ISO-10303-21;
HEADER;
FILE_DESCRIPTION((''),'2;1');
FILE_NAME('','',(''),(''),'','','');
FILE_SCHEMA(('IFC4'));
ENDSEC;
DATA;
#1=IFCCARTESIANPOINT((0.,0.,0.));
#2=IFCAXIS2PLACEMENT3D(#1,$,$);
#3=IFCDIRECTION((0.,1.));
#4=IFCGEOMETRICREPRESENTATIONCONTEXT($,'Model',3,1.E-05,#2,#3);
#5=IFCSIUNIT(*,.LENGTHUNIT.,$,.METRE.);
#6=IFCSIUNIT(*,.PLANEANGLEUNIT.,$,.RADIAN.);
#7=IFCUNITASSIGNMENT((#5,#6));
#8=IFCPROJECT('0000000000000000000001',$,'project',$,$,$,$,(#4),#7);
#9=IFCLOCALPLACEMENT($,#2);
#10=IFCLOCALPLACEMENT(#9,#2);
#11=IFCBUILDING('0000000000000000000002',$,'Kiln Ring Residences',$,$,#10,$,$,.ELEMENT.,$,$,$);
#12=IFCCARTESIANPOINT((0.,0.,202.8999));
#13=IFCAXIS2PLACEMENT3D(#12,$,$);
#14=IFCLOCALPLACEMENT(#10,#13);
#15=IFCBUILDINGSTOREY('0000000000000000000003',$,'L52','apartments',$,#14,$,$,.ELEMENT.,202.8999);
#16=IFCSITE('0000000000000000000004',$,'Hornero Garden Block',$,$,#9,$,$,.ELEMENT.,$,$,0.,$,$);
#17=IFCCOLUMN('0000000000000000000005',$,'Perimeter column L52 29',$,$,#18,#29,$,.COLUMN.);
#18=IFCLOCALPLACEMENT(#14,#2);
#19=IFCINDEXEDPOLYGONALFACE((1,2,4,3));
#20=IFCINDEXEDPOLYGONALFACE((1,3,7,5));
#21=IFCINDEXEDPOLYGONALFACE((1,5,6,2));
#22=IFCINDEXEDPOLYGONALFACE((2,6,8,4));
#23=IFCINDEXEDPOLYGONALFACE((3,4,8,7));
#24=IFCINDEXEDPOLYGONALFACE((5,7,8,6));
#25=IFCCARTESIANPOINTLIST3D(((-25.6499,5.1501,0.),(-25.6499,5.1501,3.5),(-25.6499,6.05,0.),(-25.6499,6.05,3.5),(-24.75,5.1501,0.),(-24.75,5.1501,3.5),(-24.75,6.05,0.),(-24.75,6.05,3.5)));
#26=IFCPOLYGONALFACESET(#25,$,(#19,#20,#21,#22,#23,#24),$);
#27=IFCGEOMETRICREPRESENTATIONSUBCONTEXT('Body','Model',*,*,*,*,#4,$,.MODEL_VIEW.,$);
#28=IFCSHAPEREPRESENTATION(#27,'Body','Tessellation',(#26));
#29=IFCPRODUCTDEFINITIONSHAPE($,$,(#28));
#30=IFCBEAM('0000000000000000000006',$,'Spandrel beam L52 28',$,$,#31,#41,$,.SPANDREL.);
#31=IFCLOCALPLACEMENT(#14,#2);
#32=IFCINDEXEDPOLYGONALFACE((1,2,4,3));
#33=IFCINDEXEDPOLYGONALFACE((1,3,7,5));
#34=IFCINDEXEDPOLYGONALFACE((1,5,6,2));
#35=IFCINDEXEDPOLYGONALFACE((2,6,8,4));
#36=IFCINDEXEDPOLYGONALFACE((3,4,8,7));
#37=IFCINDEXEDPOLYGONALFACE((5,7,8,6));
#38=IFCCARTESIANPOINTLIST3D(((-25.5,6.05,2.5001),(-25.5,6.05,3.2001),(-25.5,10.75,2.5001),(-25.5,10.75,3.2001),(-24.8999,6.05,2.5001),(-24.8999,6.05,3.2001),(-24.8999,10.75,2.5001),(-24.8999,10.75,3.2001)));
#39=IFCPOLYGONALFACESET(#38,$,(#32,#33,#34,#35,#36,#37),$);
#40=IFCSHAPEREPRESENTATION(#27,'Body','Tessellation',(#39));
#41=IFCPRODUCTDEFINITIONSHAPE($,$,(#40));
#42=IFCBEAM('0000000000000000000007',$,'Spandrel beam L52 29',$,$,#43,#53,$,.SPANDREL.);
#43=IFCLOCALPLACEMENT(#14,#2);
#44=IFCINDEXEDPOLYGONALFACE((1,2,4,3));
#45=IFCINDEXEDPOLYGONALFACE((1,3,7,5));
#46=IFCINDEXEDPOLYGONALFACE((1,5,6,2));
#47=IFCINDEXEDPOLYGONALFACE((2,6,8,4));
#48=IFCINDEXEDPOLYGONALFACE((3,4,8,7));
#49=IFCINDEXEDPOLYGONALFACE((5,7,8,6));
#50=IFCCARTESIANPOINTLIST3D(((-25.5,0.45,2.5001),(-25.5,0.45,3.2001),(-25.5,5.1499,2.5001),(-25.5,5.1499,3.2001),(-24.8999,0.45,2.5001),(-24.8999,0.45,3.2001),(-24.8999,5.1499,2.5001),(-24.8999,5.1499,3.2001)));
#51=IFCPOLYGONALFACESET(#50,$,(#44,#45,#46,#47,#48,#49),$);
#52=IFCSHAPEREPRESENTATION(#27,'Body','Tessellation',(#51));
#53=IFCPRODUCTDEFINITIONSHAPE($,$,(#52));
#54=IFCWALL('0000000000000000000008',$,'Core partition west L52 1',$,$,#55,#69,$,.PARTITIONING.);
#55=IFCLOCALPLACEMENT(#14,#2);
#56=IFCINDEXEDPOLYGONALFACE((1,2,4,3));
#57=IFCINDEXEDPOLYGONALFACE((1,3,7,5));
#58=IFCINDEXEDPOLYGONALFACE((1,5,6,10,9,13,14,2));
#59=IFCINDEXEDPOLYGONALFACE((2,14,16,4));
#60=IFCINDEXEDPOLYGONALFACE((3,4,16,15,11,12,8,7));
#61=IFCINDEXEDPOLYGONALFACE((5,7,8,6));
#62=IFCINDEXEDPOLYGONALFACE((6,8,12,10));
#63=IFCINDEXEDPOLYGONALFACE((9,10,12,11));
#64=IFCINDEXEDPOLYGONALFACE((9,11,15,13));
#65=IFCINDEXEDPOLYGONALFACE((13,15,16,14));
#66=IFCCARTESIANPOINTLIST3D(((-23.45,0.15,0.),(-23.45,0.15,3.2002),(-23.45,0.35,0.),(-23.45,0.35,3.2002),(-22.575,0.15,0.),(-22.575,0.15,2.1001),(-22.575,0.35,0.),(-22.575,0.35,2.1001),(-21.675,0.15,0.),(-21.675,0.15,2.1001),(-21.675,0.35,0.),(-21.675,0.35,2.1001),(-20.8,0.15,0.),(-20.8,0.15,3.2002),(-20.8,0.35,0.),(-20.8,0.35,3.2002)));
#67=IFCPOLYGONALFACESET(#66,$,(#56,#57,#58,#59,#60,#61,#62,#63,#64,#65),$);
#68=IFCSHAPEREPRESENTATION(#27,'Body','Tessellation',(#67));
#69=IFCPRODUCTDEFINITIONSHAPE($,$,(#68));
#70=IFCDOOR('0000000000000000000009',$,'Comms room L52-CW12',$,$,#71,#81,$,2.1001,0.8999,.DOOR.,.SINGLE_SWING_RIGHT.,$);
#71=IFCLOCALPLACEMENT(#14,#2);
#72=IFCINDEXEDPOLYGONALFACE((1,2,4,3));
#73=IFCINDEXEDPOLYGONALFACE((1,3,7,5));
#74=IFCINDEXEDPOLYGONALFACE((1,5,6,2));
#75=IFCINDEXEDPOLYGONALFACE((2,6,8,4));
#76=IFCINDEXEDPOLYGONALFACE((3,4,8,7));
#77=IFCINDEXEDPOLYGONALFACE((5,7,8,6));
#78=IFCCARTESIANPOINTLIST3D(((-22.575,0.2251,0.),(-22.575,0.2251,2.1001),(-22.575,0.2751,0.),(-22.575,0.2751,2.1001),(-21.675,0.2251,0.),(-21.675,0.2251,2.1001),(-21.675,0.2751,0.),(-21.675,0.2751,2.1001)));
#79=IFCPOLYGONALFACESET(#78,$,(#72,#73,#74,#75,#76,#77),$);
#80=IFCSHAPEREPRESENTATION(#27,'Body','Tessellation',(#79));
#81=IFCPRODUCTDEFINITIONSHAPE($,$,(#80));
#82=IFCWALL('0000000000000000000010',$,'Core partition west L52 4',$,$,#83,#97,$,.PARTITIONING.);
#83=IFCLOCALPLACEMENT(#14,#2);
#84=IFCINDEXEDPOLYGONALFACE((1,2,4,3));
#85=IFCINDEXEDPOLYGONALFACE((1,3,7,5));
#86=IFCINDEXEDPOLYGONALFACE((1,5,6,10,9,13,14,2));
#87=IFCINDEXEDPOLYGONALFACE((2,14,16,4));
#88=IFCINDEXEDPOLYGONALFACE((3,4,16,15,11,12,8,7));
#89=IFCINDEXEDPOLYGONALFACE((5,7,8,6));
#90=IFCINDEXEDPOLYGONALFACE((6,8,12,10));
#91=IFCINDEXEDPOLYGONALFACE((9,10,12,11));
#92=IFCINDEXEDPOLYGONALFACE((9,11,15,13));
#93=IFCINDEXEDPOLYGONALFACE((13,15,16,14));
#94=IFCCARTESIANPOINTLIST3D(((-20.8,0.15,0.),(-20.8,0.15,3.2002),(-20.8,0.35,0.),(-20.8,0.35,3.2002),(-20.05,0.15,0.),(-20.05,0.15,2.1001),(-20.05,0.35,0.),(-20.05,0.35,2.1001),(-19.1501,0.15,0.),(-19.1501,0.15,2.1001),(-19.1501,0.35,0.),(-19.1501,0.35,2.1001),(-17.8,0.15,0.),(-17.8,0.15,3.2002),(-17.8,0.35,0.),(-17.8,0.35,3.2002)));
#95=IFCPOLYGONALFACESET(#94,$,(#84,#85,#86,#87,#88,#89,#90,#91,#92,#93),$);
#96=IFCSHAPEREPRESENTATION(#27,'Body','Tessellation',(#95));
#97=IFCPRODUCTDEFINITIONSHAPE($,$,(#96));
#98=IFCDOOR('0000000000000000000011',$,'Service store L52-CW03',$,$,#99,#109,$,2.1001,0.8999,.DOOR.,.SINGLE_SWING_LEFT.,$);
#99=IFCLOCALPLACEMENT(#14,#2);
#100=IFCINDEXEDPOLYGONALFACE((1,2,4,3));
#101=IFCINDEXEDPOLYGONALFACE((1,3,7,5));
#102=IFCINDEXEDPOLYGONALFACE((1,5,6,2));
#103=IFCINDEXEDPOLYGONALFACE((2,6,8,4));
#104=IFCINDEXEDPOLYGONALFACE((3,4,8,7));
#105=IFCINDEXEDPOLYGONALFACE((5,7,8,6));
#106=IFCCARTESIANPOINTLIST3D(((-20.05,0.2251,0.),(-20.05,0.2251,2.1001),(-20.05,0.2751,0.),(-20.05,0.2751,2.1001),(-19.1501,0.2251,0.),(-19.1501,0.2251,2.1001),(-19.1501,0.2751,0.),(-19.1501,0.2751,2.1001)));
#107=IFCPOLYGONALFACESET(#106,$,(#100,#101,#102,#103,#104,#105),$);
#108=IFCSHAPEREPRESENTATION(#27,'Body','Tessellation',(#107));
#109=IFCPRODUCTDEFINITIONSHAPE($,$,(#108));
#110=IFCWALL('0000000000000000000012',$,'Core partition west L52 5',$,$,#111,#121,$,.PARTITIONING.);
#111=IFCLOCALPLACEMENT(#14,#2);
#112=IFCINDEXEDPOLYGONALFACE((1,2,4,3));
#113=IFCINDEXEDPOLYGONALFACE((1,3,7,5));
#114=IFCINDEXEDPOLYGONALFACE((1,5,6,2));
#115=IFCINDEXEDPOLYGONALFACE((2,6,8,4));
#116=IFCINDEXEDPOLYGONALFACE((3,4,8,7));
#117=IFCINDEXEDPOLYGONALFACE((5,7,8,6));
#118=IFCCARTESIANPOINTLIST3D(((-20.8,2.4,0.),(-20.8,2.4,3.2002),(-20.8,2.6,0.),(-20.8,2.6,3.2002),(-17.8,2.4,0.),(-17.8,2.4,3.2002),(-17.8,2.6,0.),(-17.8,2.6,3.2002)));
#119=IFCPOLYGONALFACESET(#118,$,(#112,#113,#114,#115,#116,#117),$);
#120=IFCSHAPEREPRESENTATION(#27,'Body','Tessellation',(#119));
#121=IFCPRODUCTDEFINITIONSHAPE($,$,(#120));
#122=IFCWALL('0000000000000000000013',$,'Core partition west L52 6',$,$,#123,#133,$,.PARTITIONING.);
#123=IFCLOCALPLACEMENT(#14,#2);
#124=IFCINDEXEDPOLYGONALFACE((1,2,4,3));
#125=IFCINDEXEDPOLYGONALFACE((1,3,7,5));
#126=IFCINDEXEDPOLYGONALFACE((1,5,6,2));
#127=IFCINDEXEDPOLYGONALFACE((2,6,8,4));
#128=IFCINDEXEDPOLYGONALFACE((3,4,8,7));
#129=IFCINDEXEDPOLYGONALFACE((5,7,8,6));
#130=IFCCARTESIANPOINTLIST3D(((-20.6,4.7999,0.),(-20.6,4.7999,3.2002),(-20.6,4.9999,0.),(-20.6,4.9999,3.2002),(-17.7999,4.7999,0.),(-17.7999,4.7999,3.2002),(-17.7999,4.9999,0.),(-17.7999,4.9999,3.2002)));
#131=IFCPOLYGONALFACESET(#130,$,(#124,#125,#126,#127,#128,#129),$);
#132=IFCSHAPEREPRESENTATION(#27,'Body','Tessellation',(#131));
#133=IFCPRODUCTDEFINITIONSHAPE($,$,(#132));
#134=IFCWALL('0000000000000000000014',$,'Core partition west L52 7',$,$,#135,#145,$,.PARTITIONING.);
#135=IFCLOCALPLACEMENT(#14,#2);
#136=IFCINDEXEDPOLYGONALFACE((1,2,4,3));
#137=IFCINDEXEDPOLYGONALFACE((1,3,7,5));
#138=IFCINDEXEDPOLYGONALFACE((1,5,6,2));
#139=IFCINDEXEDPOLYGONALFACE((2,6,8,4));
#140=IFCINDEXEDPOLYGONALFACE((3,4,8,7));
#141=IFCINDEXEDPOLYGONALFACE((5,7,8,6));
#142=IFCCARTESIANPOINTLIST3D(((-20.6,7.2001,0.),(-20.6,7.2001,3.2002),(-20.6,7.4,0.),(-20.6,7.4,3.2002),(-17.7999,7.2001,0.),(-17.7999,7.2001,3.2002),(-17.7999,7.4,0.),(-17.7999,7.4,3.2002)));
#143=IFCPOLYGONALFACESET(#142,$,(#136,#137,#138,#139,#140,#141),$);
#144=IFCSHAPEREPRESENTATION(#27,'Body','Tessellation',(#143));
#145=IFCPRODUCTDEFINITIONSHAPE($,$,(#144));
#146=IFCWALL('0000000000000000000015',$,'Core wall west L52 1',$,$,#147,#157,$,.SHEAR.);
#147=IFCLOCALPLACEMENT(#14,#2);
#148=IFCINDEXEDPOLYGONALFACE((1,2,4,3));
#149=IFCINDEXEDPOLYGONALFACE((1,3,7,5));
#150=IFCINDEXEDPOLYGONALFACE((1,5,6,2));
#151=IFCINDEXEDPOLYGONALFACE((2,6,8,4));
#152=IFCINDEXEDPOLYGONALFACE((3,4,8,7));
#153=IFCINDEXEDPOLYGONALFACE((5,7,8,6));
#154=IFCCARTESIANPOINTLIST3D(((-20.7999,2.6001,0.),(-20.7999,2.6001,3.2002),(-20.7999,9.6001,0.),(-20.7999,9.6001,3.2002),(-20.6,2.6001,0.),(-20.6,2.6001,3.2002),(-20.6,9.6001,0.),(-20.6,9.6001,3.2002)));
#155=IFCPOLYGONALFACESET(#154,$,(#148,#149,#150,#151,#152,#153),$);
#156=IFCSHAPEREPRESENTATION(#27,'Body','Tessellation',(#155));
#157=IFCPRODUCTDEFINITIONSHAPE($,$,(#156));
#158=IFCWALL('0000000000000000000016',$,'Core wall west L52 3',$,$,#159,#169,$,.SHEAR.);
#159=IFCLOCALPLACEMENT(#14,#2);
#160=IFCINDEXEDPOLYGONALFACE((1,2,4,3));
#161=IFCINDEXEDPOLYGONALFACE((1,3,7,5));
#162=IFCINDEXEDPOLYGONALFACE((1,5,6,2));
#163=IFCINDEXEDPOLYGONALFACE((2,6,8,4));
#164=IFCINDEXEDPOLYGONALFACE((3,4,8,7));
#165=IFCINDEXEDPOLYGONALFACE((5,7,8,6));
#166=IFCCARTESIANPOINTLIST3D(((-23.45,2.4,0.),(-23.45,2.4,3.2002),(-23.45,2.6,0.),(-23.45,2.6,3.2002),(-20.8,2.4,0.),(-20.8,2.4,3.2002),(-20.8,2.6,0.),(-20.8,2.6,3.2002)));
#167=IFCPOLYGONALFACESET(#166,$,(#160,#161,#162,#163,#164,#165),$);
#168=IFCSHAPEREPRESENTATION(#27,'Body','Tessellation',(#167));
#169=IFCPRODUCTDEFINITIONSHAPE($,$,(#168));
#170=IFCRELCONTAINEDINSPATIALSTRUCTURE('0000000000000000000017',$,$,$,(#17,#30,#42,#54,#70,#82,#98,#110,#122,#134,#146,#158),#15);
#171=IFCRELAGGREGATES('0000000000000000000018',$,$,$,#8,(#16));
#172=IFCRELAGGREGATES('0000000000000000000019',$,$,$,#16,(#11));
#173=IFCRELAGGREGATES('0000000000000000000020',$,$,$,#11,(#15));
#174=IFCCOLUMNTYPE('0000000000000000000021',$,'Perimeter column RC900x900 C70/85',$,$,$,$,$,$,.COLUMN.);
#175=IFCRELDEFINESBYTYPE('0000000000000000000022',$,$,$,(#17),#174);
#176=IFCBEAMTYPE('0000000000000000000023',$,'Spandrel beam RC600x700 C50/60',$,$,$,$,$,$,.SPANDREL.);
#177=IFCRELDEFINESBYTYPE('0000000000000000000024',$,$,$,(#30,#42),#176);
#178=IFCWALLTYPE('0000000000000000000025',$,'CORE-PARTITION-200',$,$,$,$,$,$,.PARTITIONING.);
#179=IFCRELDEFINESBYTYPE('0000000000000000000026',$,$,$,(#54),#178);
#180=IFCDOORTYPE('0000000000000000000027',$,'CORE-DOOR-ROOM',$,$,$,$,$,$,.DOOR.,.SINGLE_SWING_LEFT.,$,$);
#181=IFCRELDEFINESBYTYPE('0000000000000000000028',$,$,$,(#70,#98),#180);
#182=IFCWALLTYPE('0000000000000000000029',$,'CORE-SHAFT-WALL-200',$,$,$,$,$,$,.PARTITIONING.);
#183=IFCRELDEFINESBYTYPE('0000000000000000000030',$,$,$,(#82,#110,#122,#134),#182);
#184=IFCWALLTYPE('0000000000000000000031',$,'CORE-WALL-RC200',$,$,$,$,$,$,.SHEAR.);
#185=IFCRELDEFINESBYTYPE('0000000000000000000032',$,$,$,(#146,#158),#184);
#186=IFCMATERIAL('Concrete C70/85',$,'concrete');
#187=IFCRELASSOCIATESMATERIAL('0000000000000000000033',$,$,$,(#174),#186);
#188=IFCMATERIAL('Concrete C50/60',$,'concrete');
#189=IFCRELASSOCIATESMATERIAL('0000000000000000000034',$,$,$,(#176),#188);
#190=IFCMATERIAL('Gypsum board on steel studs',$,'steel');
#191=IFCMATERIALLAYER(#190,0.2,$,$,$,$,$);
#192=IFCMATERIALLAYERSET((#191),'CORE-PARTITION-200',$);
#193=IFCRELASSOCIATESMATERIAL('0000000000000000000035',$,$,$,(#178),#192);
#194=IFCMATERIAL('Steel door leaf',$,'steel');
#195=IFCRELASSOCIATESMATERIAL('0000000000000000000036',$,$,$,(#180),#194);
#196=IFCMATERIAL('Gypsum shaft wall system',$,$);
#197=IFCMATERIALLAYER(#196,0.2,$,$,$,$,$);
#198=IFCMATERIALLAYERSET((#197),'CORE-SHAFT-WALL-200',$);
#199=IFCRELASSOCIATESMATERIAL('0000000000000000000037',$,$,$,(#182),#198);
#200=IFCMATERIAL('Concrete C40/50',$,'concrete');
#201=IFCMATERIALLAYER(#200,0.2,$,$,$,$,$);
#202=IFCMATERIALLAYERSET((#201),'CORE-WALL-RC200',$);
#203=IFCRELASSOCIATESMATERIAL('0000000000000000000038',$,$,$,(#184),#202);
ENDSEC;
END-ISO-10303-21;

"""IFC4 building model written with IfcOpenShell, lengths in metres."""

from ifc_helpers import new_model, si_unit, direction, frame, frame_2d, origin, origin_2d, place, context, subcontext, project, spatial, rectangle, extrude, material, layer, layer_set, material_profile, profile_set, type_object, element, fill, save


model = new_model("IFC4")

# Units and contexts
model_context = context("Model", 3, precision=1e-05, world=origin(), true_north=direction((0.0, 1.0)))
body_context = subcontext(model_context, "Body", "Model", "MODEL_VIEW")
ifc_project = project(units=[si_unit("LENGTHUNIT", "METRE"), si_unit("PLANEANGLEUNIT", "RADIAN")], contexts=[model_context])

# Site, building, storey
site_placement = place(None, origin())
site = spatial("IfcSite", under=ifc_project, at=site_placement, Name="Hornero Garden Block", CompositionType="ELEMENT", RefElevation=0.0)
building_placement = place(site_placement, origin())
building = spatial("IfcBuilding", under=site, at=building_placement, Name="Kiln Ring Residences", CompositionType="ELEMENT")
storey_placement = place(building_placement, frame((0.0, 0.0, 202.8999)))
storey = spatial("IfcBuildingStorey", under=building, at=storey_placement, Name="L52", Description="apartments", CompositionType="ELEMENT", Elevation=202.8999)

# Column
ifc_material_1 = material(Name="Concrete C70/85", Category="concrete")
ifc_material_profile_1 = material_profile(ifc_material_1, rectangle(XDim=0.8999, YDim=0.8999, at=origin_2d()), Name="RC900x900")
ifc_profile_set_1 = profile_set([ifc_material_profile_1], Name="Concrete C70/85")
column_type = type_object("IfcColumnType", Name="Perimeter column RC900x900 C70/85", PredefinedType="COLUMN", material=ifc_profile_set_1)
column_placement = place(storey_placement, frame((-25.2, 5.6001, 0.0), z_axis=(0.0, 0.0, 1.0), x_axis=(1.0, 0.0, 0.0)))
element("IfcColumn", 1, at=column_placement, inside=storey, type_object=column_type, Name="Perimeter column L52 29", PredefinedType="COLUMN", context=body_context, shape_type="SweptSolid", body=[
    extrude(rectangle(XDim=0.8999, YDim=0.8999, at=origin_2d()), origin(), (0.0, 0.0, 1.0), 3.5),
])

# Beams
ifc_material_2 = material(Name="Concrete C50/60", Category="concrete")
ifc_material_profile_2 = material_profile(ifc_material_2, rectangle(XDim=0.6001, YDim=0.7, at=origin_2d()), Name="RC600x700")
ifc_profile_set_2 = profile_set([ifc_material_profile_2], Name="Concrete C50/60")
beam_type = type_object("IfcBeamType", Name="Spandrel beam RC600x700 C50/60", PredefinedType="SPANDREL", material=ifc_profile_set_2)
for number, where, z_axis, x_axis, name in (
    (2, (-25.2, 10.75, 2.8501), (0.0, -1.0, 0.0), (1.0, 0.0, 0.0), "Spandrel beam L52 28"),
    (3, (-25.2, 5.1499, 2.8501), (0.0, -1.0, 0.0), (1.0, 0.0, 0.0), "Spandrel beam L52 29"),
):
    element("IfcBeam", number, at=place(storey_placement, frame(where, z_axis=z_axis, x_axis=x_axis)), inside=storey, type_object=beam_type, Name=name, PredefinedType="SPANDREL", context=body_context, shape_type="SweptSolid", body=[
        extrude(rectangle(XDim=0.6001, YDim=0.7, at=origin_2d()), origin(), (0.0, 0.0, 1.0), 4.7),
    ])

# Walls, openings, doors
ifc_material_3 = material(Name="Gypsum board on steel studs", Category="steel")
ifc_layer_1 = layer(ifc_material_3, 0.2)
ifc_layer_set_1 = layer_set([ifc_layer_1], Name="CORE-PARTITION-200")
wall_type_1 = type_object("IfcWallType", Name="CORE-PARTITION-200", PredefinedType="PARTITIONING", material=ifc_layer_set_1)
wall_1_placement = place(storey_placement, frame((-20.8, 0.25, 0.0), z_axis=(0.0, 0.0, 1.0), x_axis=(-1.0, 0.0, 0.0)))
wall_1 = element("IfcWall", 4, at=wall_1_placement, inside=storey, type_object=wall_type_1, Name="Core partition west L52 1", PredefinedType="PARTITIONING", context=body_context, shape_type="SweptSolid", body=[
    extrude(rectangle(XDim=2.6499, YDim=0.2, at=frame_2d((1.325, 0.0))), origin(), (0.0, 0.0, 1.0), 3.2002),
])
opening_1_placement = place(wall_1_placement, frame((0.875, 0.0, 0.0)))
opening_1 = element("IfcOpeningElement", 5, at=opening_1_placement, cuts=wall_1, PredefinedType="OPENING", context=body_context, shape_type="SweptSolid", body=[
    extrude(rectangle(XDim=0.8999, YDim=2.1001, at=frame_2d((0.45, 1.05))), frame((0.0, 0.1099, 0.0), z_axis=(0.0, -1.0, 0.0), x_axis=(1.0, 0.0, 0.0)), (0.0, 0.0, 1.0), 0.22),
])
ifc_material_4 = material(Name="Steel door leaf", Category="steel")
door_type_1 = type_object("IfcDoorType", Name="CORE-DOOR-ROOM", OperationType="SINGLE_SWING_LEFT", PredefinedType="DOOR", material=ifc_material_4)
door_1_placement = place(opening_1_placement, origin())
door_1 = element("IfcDoor", 6, at=door_1_placement, inside=storey, type_object=door_type_1, Name="Comms room L52-CW12", OperationType="SINGLE_SWING_RIGHT", OverallHeight=2.1001, OverallWidth=0.8999, PredefinedType="DOOR", context=body_context, shape_type="SweptSolid", body=[
    extrude(rectangle(XDim=0.8999, YDim=2.1001, at=frame_2d((0.45, 1.05))), frame((0.0, 0.0249, 0.0), z_axis=(0.0, -1.0, 0.0), x_axis=(1.0, 0.0, 0.0)), (0.0, 0.0, 1.0), 0.05),
])
fill(opening_1, door_1)
ifc_material_5 = material(Name="Gypsum shaft wall system")
ifc_layer_2 = layer(ifc_material_5, 0.2)
ifc_layer_set_2 = layer_set([ifc_layer_2], Name="CORE-SHAFT-WALL-200")
wall_type_2 = type_object("IfcWallType", Name="CORE-SHAFT-WALL-200", PredefinedType="PARTITIONING", material=ifc_layer_set_2)
wall_2_placement = place(storey_placement, frame((-17.8, 0.25, 0.0), z_axis=(0.0, 0.0, 1.0), x_axis=(-1.0, 0.0, 0.0)))
wall_2 = element("IfcWall", 7, at=wall_2_placement, inside=storey, type_object=wall_type_2, Name="Core partition west L52 4", PredefinedType="PARTITIONING", context=body_context, shape_type="SweptSolid", body=[
    extrude(rectangle(XDim=3.0, YDim=0.2, at=frame_2d((1.5, 0.0))), origin(), (0.0, 0.0, 1.0), 3.2002),
])
opening_2_placement = place(wall_2_placement, frame((1.3501, 0.0, 0.0)))
opening_2 = element("IfcOpeningElement", 8, at=opening_2_placement, cuts=wall_2, PredefinedType="OPENING", context=body_context, shape_type="SweptSolid", body=[
    extrude(rectangle(XDim=0.8999, YDim=2.1001, at=frame_2d((0.45, 1.05))), frame((0.0, 0.1099, 0.0), z_axis=(0.0, -1.0, 0.0), x_axis=(1.0, 0.0, 0.0)), (0.0, 0.0, 1.0), 0.22),
])
door_2_placement = place(opening_2_placement, origin())
door_2 = element("IfcDoor", 9, at=door_2_placement, inside=storey, type_object=door_type_1, Name="Service store L52-CW03", OperationType="SINGLE_SWING_LEFT", OverallHeight=2.1001, OverallWidth=0.8999, PredefinedType="DOOR", context=body_context, shape_type="SweptSolid", body=[
    extrude(rectangle(XDim=0.8999, YDim=2.1001, at=frame_2d((0.45, 1.05))), frame((0.0, 0.0249, 0.0), z_axis=(0.0, -1.0, 0.0), x_axis=(1.0, 0.0, 0.0)), (0.0, 0.0, 1.0), 0.05),
])
fill(opening_2, door_2)

# Walls
wall_3_placement = place(storey_placement, frame((-17.8, 2.5, 0.0), z_axis=(0.0, 0.0, 1.0), x_axis=(-1.0, 0.0, 0.0)))
element("IfcWall", 10, at=wall_3_placement, inside=storey, type_object=wall_type_2, Name="Core partition west L52 5", PredefinedType="PARTITIONING", context=body_context, shape_type="SweptSolid", body=[
    extrude(rectangle(XDim=3.0, YDim=0.2, at=frame_2d((1.5, 0.0))), origin(), (0.0, 0.0, 1.0), 3.2002),
])
for number, where, z_axis, x_axis, name in (
    (11, (-17.8, 4.8999, 0.0), (0.0, 0.0, 1.0), (-1.0, 0.0, 0.0), "Core partition west L52 6"),
    (12, (-17.8, 7.3, 0.0), (0.0, 0.0, 1.0), (-1.0, 0.0, 0.0), "Core partition west L52 7"),
):
    element("IfcWall", number, at=place(storey_placement, frame(where, z_axis=z_axis, x_axis=x_axis)), inside=storey, type_object=wall_type_2, Name=name, PredefinedType="PARTITIONING", context=body_context, shape_type="SweptSolid", body=[
        extrude(rectangle(XDim=2.8, YDim=0.2, at=frame_2d((1.3999, 0.0))), origin(), (0.0, 0.0, 1.0), 3.2002),
    ])
ifc_material_6 = material(Name="Concrete C40/50", Category="concrete")
ifc_layer_3 = layer(ifc_material_6, 0.2)
ifc_layer_set_3 = layer_set([ifc_layer_3], Name="CORE-WALL-RC200")
wall_type_3 = type_object("IfcWallType", Name="CORE-WALL-RC200", PredefinedType="SHEAR", material=ifc_layer_set_3)
wall_4_placement = place(storey_placement, frame((-20.7, 2.6001, 0.0), z_axis=(0.0, 0.0, 1.0), x_axis=(0.0, 1.0, 0.0)))
element("IfcWall", 13, at=wall_4_placement, inside=storey, type_object=wall_type_3, Name="Core wall west L52 1", PredefinedType="SHEAR", context=body_context, shape_type="SweptSolid", body=[
    extrude(rectangle(XDim=7.0, YDim=0.2, at=frame_2d((3.5, 0.0))), origin(), (0.0, 0.0, 1.0), 3.2002),
])
wall_5_placement = place(storey_placement, frame((-20.8, 2.5, 0.0), z_axis=(0.0, 0.0, 1.0), x_axis=(-1.0, 0.0, 0.0)))
element("IfcWall", 14, at=wall_5_placement, inside=storey, type_object=wall_type_3, Name="Core wall west L52 3", PredefinedType="SHEAR", context=body_context, shape_type="SweptSolid", body=[
    extrude(rectangle(XDim=2.6499, YDim=0.2, at=frame_2d((1.325, 0.0))), origin(), (0.0, 0.0, 1.0), 3.2002),
])

save(model, "model.ifc")
